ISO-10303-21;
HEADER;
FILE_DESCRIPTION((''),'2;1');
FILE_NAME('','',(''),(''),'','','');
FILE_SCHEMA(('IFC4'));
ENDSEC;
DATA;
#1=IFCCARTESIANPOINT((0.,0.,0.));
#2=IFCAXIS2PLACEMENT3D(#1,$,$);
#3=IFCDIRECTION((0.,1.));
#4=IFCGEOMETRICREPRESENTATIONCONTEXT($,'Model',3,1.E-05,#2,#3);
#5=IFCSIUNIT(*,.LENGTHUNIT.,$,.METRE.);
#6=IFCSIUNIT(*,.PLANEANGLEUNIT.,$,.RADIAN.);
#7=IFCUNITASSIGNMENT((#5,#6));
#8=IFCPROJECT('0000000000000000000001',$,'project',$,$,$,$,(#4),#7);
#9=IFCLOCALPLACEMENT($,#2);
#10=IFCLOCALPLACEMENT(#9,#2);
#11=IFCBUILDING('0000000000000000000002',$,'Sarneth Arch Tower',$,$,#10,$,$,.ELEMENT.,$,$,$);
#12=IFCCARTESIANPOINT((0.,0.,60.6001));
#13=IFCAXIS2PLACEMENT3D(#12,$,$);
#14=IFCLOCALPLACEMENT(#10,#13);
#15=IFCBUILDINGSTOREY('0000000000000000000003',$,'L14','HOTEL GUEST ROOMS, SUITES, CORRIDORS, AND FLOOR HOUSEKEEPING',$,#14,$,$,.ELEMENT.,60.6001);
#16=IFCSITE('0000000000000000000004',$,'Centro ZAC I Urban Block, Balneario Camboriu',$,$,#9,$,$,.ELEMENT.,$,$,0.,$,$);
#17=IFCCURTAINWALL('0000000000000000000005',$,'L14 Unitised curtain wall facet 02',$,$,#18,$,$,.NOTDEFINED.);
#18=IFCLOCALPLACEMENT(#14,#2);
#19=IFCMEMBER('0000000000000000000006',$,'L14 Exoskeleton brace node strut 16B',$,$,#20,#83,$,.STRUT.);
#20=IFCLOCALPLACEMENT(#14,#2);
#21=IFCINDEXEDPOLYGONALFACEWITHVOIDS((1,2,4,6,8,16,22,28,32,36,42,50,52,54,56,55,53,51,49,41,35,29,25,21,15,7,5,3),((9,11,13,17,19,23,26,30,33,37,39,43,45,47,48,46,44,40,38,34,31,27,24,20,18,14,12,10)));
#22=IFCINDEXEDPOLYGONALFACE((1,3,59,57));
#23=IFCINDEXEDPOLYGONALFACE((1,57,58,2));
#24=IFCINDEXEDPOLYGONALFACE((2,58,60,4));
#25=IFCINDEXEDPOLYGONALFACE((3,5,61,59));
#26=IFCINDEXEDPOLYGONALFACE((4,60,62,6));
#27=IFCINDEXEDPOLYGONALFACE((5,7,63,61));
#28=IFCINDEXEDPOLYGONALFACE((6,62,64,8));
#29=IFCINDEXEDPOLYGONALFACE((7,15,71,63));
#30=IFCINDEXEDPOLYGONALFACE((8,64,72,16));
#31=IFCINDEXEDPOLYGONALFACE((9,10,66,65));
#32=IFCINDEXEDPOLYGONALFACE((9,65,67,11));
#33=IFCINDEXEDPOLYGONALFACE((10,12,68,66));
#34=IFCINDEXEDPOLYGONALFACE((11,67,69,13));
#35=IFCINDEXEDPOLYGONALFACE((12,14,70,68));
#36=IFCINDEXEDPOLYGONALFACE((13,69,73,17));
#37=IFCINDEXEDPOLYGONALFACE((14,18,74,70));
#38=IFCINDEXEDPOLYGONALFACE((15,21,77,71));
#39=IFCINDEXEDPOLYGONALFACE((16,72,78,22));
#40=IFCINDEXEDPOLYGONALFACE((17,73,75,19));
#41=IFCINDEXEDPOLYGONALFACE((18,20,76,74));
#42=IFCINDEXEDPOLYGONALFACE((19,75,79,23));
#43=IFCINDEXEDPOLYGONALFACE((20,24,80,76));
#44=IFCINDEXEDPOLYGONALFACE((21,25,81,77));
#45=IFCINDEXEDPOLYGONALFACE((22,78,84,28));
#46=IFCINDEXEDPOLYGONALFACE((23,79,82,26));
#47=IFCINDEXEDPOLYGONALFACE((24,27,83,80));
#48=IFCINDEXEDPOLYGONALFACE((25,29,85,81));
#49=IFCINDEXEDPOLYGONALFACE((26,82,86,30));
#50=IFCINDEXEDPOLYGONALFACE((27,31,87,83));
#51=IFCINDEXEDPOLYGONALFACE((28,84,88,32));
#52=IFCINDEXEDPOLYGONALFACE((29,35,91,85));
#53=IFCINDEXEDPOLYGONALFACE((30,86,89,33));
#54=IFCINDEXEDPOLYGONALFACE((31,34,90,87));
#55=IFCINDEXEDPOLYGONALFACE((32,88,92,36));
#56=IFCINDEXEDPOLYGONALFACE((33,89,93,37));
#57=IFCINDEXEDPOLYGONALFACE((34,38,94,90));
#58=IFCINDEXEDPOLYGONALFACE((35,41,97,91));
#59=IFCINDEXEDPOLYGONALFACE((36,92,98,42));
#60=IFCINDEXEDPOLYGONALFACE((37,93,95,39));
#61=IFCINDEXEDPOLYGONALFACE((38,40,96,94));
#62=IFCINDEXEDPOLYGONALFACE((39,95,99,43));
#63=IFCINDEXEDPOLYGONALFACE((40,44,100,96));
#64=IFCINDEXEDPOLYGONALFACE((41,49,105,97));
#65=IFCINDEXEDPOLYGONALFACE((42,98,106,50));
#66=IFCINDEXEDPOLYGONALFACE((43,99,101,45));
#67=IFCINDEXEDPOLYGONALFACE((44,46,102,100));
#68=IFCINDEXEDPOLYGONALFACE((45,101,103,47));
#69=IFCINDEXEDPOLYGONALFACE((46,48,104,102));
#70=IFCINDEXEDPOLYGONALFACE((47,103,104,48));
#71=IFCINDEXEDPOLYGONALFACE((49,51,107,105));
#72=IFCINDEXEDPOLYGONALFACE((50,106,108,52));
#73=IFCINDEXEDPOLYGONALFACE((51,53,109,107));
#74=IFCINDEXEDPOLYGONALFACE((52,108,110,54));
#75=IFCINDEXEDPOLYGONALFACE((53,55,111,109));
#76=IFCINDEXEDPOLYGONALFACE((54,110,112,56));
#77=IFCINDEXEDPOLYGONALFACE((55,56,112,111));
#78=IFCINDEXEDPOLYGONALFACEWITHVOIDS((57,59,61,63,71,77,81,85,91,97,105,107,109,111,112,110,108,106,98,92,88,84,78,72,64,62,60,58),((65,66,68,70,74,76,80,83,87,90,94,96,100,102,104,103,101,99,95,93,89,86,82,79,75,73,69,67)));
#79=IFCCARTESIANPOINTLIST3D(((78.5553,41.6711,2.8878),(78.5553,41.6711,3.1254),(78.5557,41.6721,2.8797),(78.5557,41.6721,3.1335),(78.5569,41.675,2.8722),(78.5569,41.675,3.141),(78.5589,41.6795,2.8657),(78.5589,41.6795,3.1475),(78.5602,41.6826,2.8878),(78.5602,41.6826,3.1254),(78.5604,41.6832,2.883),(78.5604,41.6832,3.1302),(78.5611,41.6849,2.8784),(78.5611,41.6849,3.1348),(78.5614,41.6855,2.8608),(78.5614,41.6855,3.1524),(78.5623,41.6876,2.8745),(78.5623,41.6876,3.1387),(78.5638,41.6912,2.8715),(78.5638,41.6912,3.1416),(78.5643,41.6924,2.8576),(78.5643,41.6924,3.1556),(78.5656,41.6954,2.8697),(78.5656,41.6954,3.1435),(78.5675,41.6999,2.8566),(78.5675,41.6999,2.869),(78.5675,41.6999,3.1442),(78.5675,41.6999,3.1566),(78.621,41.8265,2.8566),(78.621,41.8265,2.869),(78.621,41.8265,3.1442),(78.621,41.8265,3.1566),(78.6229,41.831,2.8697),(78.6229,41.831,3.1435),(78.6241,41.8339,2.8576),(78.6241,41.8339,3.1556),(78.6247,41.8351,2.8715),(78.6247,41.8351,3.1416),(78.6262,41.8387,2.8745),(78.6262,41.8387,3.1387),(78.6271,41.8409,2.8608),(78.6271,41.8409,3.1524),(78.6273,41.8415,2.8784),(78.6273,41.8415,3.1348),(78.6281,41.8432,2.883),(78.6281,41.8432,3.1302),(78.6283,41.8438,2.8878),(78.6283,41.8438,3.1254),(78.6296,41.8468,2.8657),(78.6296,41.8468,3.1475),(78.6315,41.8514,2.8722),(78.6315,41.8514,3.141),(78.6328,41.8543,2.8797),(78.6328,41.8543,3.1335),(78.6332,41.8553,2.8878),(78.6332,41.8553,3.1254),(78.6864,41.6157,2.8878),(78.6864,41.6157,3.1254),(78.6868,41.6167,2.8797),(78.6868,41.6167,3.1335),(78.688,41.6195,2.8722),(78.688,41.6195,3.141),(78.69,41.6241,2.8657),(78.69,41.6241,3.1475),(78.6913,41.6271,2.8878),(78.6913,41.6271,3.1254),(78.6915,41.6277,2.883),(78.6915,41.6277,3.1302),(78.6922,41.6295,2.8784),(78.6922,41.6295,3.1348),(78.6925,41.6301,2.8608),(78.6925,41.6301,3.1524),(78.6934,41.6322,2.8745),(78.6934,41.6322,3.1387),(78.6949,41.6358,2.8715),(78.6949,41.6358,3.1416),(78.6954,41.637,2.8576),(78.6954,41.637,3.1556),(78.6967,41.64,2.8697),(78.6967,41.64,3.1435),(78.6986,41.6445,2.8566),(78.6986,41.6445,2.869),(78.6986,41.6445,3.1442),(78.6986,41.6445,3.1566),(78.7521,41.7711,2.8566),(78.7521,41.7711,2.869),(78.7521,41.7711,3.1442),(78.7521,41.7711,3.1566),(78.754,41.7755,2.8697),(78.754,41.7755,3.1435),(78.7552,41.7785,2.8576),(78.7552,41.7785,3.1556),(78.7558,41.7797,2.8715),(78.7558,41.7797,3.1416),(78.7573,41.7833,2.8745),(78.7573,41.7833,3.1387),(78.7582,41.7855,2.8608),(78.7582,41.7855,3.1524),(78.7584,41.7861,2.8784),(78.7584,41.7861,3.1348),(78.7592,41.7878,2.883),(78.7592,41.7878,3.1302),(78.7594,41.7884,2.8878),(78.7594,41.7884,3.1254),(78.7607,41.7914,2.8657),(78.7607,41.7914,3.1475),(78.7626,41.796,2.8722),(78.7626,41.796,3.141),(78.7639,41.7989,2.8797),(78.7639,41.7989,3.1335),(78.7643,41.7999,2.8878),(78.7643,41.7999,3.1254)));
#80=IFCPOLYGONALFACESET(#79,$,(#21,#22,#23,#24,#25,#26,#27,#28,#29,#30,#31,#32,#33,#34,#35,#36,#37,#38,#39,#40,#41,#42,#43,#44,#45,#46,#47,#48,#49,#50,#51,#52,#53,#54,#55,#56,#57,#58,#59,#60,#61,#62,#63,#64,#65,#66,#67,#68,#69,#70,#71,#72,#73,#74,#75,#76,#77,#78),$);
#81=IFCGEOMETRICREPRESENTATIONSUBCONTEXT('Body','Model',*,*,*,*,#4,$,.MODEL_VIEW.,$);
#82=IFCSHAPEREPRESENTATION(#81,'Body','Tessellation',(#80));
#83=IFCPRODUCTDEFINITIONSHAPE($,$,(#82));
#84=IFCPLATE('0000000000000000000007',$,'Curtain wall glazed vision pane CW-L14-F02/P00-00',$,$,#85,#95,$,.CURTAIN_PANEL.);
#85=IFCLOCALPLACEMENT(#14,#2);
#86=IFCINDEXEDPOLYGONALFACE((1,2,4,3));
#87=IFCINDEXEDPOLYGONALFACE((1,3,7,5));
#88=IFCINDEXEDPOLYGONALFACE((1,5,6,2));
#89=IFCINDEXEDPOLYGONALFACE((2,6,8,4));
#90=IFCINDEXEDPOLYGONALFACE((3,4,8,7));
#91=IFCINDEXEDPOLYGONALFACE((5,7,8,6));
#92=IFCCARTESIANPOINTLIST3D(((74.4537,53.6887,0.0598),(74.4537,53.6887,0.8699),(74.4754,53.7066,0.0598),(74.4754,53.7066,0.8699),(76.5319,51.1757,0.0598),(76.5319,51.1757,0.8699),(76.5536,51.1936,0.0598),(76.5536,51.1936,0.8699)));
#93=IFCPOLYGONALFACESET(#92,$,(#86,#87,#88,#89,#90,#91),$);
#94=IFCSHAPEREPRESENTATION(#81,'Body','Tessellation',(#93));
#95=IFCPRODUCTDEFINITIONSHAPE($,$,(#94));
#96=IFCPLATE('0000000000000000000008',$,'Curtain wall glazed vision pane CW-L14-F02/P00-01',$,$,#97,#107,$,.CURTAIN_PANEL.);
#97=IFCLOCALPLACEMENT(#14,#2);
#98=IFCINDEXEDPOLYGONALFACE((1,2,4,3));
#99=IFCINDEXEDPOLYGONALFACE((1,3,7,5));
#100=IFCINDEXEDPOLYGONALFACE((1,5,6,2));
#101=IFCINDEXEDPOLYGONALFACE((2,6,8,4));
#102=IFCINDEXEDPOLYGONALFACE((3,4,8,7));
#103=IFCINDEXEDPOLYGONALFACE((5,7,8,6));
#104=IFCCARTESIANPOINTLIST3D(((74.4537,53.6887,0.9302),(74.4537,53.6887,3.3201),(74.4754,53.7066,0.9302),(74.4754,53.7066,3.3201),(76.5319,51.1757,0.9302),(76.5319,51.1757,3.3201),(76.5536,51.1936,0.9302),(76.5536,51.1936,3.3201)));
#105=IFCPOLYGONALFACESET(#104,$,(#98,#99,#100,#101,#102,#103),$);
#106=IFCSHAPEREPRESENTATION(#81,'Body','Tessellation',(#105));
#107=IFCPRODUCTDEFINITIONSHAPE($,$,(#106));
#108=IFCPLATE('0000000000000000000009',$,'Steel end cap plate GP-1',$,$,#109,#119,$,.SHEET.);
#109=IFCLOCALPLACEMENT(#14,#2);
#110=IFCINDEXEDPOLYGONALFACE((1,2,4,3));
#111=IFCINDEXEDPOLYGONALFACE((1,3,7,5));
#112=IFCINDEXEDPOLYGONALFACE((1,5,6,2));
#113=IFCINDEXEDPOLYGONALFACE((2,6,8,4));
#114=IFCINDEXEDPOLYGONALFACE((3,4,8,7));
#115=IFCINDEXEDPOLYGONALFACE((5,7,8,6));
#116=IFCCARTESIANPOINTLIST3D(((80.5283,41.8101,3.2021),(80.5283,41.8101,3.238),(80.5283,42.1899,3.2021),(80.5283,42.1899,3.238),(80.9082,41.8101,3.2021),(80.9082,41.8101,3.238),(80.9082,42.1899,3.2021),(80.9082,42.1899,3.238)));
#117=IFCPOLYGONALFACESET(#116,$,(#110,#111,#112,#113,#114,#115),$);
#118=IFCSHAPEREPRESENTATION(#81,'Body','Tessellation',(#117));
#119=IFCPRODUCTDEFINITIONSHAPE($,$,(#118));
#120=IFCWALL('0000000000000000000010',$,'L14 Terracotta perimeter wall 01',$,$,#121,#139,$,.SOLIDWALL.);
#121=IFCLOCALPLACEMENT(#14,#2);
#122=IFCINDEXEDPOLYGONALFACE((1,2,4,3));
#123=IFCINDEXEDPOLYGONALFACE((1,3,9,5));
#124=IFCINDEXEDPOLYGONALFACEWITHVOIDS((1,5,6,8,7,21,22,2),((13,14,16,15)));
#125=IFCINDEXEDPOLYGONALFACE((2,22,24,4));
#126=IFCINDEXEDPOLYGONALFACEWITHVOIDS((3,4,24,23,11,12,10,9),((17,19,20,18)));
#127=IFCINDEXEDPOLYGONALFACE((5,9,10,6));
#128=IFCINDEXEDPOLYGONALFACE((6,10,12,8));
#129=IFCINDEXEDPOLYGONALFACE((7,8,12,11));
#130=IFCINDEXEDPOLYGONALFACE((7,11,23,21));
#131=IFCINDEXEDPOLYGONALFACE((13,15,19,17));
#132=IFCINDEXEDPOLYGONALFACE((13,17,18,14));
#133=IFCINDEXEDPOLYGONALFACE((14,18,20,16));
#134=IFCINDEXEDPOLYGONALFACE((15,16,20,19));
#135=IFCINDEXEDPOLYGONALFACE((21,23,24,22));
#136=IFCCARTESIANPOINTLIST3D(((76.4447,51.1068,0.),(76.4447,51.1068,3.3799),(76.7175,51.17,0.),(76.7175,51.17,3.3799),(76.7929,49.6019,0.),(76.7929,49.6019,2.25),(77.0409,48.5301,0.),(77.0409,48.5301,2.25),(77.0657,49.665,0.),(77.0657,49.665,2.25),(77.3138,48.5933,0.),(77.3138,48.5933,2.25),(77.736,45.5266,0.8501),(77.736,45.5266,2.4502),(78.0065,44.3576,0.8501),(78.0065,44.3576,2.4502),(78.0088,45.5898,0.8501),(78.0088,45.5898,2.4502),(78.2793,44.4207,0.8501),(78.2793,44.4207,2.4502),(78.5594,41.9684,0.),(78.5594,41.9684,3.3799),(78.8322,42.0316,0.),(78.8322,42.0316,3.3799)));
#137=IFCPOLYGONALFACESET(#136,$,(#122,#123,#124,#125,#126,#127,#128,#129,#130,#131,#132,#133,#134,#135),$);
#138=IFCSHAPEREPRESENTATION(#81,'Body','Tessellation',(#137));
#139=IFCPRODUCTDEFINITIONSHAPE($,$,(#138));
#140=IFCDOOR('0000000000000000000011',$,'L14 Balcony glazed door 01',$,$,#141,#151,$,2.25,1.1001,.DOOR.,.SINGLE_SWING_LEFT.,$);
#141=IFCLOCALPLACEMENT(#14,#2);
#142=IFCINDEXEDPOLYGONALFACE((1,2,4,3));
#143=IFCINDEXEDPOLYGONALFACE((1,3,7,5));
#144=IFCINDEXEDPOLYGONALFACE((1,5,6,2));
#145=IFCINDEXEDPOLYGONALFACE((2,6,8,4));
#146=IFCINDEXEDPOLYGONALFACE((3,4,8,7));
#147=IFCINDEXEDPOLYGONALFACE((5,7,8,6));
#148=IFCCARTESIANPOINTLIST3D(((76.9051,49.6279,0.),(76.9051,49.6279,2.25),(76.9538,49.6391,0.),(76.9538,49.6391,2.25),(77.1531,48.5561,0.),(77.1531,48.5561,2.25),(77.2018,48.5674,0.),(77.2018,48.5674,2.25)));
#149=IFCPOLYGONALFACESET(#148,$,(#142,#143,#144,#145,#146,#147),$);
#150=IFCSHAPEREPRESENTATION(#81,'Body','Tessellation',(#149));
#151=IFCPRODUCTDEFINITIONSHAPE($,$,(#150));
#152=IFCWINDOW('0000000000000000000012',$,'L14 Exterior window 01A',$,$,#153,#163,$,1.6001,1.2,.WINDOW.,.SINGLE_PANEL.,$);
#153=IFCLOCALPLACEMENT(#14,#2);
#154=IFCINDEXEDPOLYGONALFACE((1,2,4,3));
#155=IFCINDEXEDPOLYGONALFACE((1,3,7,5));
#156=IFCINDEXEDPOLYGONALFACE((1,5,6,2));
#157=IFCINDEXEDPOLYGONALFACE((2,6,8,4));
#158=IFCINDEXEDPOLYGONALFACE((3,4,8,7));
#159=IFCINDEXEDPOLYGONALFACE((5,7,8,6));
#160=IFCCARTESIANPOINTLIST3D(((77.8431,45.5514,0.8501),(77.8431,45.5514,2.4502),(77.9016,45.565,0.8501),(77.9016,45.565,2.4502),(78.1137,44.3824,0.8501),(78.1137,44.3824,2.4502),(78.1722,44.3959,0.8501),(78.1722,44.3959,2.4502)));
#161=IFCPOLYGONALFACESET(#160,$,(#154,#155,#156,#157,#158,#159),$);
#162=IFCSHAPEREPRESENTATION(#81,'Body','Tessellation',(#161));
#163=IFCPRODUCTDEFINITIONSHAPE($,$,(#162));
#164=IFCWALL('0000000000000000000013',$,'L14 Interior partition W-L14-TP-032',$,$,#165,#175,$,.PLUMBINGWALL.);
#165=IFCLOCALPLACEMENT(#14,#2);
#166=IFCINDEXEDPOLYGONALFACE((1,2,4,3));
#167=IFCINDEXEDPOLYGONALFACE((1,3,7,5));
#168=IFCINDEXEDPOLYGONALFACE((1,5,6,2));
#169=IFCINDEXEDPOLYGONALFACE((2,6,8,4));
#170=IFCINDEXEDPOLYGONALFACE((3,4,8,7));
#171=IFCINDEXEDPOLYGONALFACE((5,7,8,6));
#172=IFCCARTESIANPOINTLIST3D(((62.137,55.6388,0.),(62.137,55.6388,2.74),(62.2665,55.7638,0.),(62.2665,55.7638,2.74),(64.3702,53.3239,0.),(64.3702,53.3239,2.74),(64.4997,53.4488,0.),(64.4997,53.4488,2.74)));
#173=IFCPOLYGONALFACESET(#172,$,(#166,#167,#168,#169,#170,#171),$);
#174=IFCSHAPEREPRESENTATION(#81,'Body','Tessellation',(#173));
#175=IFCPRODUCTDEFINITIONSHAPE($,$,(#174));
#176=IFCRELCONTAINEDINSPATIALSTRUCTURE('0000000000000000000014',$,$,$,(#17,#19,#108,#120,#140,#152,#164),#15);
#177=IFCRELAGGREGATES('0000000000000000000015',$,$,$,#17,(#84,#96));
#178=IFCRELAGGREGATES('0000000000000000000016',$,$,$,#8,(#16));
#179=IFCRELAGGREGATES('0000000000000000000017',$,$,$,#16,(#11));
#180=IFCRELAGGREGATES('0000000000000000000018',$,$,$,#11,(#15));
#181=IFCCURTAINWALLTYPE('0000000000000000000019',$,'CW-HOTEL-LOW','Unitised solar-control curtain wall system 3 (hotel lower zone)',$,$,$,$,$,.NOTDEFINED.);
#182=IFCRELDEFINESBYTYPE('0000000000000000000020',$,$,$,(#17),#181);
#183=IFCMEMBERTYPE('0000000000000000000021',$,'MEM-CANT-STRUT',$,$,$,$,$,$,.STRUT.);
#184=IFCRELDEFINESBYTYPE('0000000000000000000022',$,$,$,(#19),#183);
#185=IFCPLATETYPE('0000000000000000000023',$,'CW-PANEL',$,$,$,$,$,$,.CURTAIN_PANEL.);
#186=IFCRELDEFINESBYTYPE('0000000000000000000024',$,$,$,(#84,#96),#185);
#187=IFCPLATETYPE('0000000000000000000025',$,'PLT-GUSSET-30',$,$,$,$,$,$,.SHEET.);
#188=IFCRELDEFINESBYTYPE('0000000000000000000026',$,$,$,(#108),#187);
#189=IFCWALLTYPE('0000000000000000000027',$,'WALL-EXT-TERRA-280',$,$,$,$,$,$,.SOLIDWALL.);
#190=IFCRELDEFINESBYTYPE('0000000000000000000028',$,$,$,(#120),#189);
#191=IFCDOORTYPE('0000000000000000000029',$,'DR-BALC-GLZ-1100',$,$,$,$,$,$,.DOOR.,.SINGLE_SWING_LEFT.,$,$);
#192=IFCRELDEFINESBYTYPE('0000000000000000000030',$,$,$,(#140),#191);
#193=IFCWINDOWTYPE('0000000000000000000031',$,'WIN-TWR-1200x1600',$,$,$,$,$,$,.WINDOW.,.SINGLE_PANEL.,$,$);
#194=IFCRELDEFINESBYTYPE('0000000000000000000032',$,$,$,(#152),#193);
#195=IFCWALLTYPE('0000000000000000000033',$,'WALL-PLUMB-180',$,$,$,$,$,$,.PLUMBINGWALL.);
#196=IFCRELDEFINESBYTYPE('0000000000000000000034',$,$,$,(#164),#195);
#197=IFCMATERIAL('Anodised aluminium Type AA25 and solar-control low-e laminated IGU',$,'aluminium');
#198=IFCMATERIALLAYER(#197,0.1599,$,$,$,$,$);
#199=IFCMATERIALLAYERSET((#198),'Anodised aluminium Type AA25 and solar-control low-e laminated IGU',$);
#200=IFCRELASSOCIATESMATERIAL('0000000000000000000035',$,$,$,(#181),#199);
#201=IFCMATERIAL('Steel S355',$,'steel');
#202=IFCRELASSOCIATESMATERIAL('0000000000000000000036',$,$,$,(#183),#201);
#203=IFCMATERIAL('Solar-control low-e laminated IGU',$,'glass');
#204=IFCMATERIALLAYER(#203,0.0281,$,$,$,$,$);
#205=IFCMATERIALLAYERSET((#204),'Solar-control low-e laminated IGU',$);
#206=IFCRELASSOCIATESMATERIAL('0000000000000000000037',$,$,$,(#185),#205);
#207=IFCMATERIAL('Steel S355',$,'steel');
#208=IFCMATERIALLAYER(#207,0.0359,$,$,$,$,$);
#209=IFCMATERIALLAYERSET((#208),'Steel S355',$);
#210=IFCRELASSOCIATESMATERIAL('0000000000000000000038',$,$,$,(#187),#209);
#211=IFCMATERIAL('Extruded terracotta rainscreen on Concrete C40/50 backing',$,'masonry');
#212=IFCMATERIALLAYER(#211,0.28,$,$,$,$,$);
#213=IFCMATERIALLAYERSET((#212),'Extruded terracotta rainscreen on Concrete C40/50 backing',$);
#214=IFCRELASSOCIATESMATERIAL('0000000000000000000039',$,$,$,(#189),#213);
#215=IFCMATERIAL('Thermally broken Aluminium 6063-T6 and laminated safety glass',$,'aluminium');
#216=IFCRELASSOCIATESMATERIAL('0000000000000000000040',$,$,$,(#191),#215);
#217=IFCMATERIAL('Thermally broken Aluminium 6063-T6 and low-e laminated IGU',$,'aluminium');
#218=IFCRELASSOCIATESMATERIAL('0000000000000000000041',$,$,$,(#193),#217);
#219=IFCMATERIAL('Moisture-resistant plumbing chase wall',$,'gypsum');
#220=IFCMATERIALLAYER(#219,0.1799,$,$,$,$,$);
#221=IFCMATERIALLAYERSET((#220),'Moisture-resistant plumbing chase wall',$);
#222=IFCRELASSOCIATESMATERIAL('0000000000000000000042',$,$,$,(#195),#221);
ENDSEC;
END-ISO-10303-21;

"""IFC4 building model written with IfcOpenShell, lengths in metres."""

from ifc_helpers import new_model, si_unit, direction, frame, frame_2d, origin, origin_2d, place, context, subcontext, project, spatial, rectangle, hollow_rectangle, extrude, material, layer, layer_set, material_profile, profile_set, type_object, element, fill, aggregate, save


model = new_model("IFC4")

# Units and contexts
model_context = context("Model", 3, precision=1e-05, world=origin(), true_north=direction((0.0, 1.0)))
body_context = subcontext(model_context, "Body", "Model", "MODEL_VIEW")
ifc_project = project(units=[si_unit("LENGTHUNIT", "METRE"), si_unit("PLANEANGLEUNIT", "RADIAN")], contexts=[model_context])

# Site, building, storey
site_placement = place(None, origin())
site = spatial("IfcSite", under=ifc_project, at=site_placement, Name="Centro ZAC I Urban Block, Balneario Camboriu", CompositionType="ELEMENT", RefElevation=0.0)
building_placement = place(site_placement, origin())
building = spatial("IfcBuilding", under=site, at=building_placement, Name="Sarneth Arch Tower", CompositionType="ELEMENT")
storey_placement = place(building_placement, frame((0.0, 0.0, 60.6001)))
storey = spatial("IfcBuildingStorey", under=building, at=storey_placement, Name="L14", Description="HOTEL GUEST ROOMS, SUITES, CORRIDORS, AND FLOOR HOUSEKEEPING", CompositionType="ELEMENT", Elevation=60.6001)

# Curtain wall
ifc_material_1 = material(Name="Anodised aluminium Type AA25 and solar-control low-e laminated IGU", Category="aluminium")
ifc_layer_1 = layer(ifc_material_1, 0.1599)
ifc_layer_set_1 = layer_set([ifc_layer_1], Name="Anodised aluminium Type AA25 and solar-control low-e laminated IGU")
curtain_wall_type = type_object("IfcCurtainWallType", Name="CW-HOTEL-LOW", Description="Unitised solar-control curtain wall system 3 (hotel lower zone)", PredefinedType="NOTDEFINED", material=ifc_layer_set_1)
curtain_wall_placement = place(storey_placement, origin())
curtain_wall = element("IfcCurtainWall", 1, at=curtain_wall_placement, inside=storey, type_object=curtain_wall_type, Name="L14 Unitised curtain wall facet 02", PredefinedType="NOTDEFINED")

# Member
ifc_material_2 = material(Name="Steel S355", Category="steel")
ifc_material_profile_1 = material_profile(ifc_material_2, hollow_rectangle(XDim=0.2, YDim=0.3, WallThickness=0.0125, InnerFilletRadius=0.0188, OuterFilletRadius=0.0312, at=origin_2d()), Name="RHS300x200x12.5")
ifc_profile_set_1 = profile_set([ifc_material_profile_1], Name="Steel S355")
member_type_1 = type_object("IfcMemberType", Name="MEM-CANT-STRUT", PredefinedType="STRUT", material=ifc_profile_set_1)
member_1_placement = place(storey_placement, frame((78.5942, 41.7632, 3.0066), z_axis=(0.921086, -0.38936, 0.0), x_axis=(0.38936, 0.921086, 0.0)))
element("IfcMember", 2, at=member_1_placement, inside=storey, type_object=member_type_1, Name="L14 Exoskeleton brace node strut 16B", PredefinedType="STRUT", context=body_context, shape_type="SweptSolid", body=[
    extrude(hollow_rectangle(XDim=0.2, YDim=0.3, WallThickness=0.0125, InnerFilletRadius=0.0188, OuterFilletRadius=0.0312, at=origin_2d()), origin(), (0.0, 0.0, 1.0), 0.1423),
])

# Plates
ifc_material_3 = material(Name="Solar-control low-e laminated IGU", Category="glass")
ifc_layer_2 = layer(ifc_material_3, 0.0281)
ifc_layer_set_2 = layer_set([ifc_layer_2], Name="Solar-control low-e laminated IGU")
plate_type_1 = type_object("IfcPlateType", Name="CW-PANEL", PredefinedType="CURTAIN_PANEL", material=ifc_layer_set_2)
plate_1_placement = place(storey_placement, frame((75.5037, 52.4412, 0.0598), z_axis=(0.0, 0.0, 1.0), x_axis=(-0.637291, 0.770623, 0.0)))
plate_1 = element("IfcPlate", 3, at=plate_1_placement, type_object=plate_type_1, Name="Curtain wall glazed vision pane CW-L14-F02/P00-00", PredefinedType="CURTAIN_PANEL", context=body_context, shape_type="SweptSolid", body=[
    extrude(rectangle(XDim=3.261, YDim=0.0281, at=origin_2d()), origin(), (0.0, 0.0, 1.0), 0.8101),
])
plate_2_placement = place(storey_placement, frame((75.5037, 52.4412, 0.9302), z_axis=(0.0, 0.0, 1.0), x_axis=(-0.637291, 0.770623, 0.0)))
plate_2 = element("IfcPlate", 4, at=plate_2_placement, type_object=plate_type_1, Name="Curtain wall glazed vision pane CW-L14-F02/P00-01", PredefinedType="CURTAIN_PANEL", context=body_context, shape_type="SweptSolid", body=[
    extrude(rectangle(XDim=3.261, YDim=0.0281, at=origin_2d()), origin(), (0.0, 0.0, 1.0), 2.3899),
])
aggregate(curtain_wall, [plate_1, plate_2])
ifc_material_4 = material(Name="Steel S355", Category="steel")
ifc_layer_3 = layer(ifc_material_4, 0.0359)
ifc_layer_set_3 = layer_set([ifc_layer_3], Name="Steel S355")
plate_type_2 = type_object("IfcPlateType", Name="PLT-GUSSET-30", PredefinedType="SHEET", material=ifc_layer_set_3)
plate_3_placement = place(storey_placement, frame((80.7183, 42.0, 3.2021), z_axis=(0.0, 0.0, 1.0), x_axis=(1.0, 0.0, 0.0)))
element("IfcPlate", 5, at=plate_3_placement, inside=storey, type_object=plate_type_2, Name="Steel end cap plate GP-1", PredefinedType="SHEET", context=body_context, shape_type="SweptSolid", body=[
    extrude(rectangle(XDim=0.3799, YDim=0.3799, at=origin_2d()), origin(), (0.0, 0.0, 1.0), 0.0359),
])

# Wall, openings, door, window
ifc_material_5 = material(Name="Extruded terracotta rainscreen on Concrete C40/50 backing", Category="masonry")
ifc_layer_4 = layer(ifc_material_5, 0.28)
ifc_layer_set_4 = layer_set([ifc_layer_4], Name="Extruded terracotta rainscreen on Concrete C40/50 backing")
wall_type_1 = type_object("IfcWallType", Name="WALL-EXT-TERRA-280", PredefinedType="SOLIDWALL", material=ifc_layer_set_4)
wall_1_placement = place(storey_placement, frame((78.6958, 42.0, 0.0), z_axis=(0.0, 0.0, 1.0), x_axis=(-0.225454, 0.974254, 0.0)))
wall_1 = element("IfcWall", 6, at=wall_1_placement, inside=storey, type_object=wall_type_1, Name="L14 Terracotta perimeter wall 01", PredefinedType="SOLIDWALL", context=body_context, shape_type="SweptSolid", body=[
    extrude(rectangle(XDim=9.3799, YDim=0.28, at=frame_2d((4.6899, 0.0))), origin(), (0.0, 0.0, 1.0), 3.3799),
])
opening_1_placement = place(wall_1_placement, frame((2.4521, 0.0, 0.8501)))
opening_1 = element("IfcOpeningElement", 7, at=opening_1_placement, cuts=wall_1, PredefinedType="OPENING", context=body_context, shape_type="SweptSolid", body=[
    extrude(rectangle(XDim=1.2, YDim=1.6001, at=frame_2d((0.6001, 0.8))), frame((0.0, 0.1499, 0.0), z_axis=(0.0, -1.0, 0.0), x_axis=(1.0, 0.0, 0.0)), (0.0, 0.0, 1.0), 0.3),
])
opening_2_placement = place(wall_1_placement, frame((6.7351, 0.0, 0.0)))
opening_2 = element("IfcOpeningElement", 8, at=opening_2_placement, cuts=wall_1, PredefinedType="OPENING", context=body_context, shape_type="SweptSolid", body=[
    extrude(rectangle(XDim=1.1001, YDim=2.25, at=frame_2d((0.55, 1.125))), frame((0.0, 0.1499, 0.0), z_axis=(0.0, -1.0, 0.0), x_axis=(1.0, 0.0, 0.0)), (0.0, 0.0, 1.0), 0.3),
])
ifc_material_6 = material(Name="Thermally broken Aluminium 6063-T6 and laminated safety glass", Category="aluminium")
door_type = type_object("IfcDoorType", Name="DR-BALC-GLZ-1100", OperationType="SINGLE_SWING_LEFT", PredefinedType="DOOR", material=ifc_material_6)
door_placement = place(opening_2_placement, origin())
door = element("IfcDoor", 9, at=door_placement, inside=storey, type_object=door_type, Name="L14 Balcony glazed door 01", OperationType="SINGLE_SWING_LEFT", OverallHeight=2.25, OverallWidth=1.1001, PredefinedType="DOOR", context=body_context, shape_type="SweptSolid", body=[
    extrude(rectangle(XDim=1.1001, YDim=2.25, at=frame_2d((0.55, 1.125))), frame((0.0, 0.0249, 0.0), z_axis=(0.0, -1.0, 0.0), x_axis=(1.0, 0.0, 0.0)), (0.0, 0.0, 1.0), 0.05),
])
fill(opening_2, door)
ifc_material_7 = material(Name="Thermally broken Aluminium 6063-T6 and low-e laminated IGU", Category="aluminium")
window_type = type_object("IfcWindowType", Name="WIN-TWR-1200x1600", PartitioningType="SINGLE_PANEL", PredefinedType="WINDOW", material=ifc_material_7)
window_placement = place(opening_1_placement, origin())
window = element("IfcWindow", 10, at=window_placement, inside=storey, type_object=window_type, Name="L14 Exterior window 01A", OverallHeight=1.6001, OverallWidth=1.2, PartitioningType="SINGLE_PANEL", PredefinedType="WINDOW", context=body_context, shape_type="SweptSolid", body=[
    extrude(rectangle(XDim=1.2, YDim=1.6001, at=frame_2d((0.6001, 0.8))), frame((0.0, 0.03, 0.0), z_axis=(0.0, -1.0, 0.0), x_axis=(1.0, 0.0, 0.0)), (0.0, 0.0, 1.0), 0.0601),
])
fill(opening_1, window)

# Wall
ifc_material_8 = material(Name="Moisture-resistant plumbing chase wall", Category="gypsum")
ifc_layer_5 = layer(ifc_material_8, 0.1799)
ifc_layer_set_5 = layer_set([ifc_layer_5], Name="Moisture-resistant plumbing chase wall")
wall_type_2 = type_object("IfcWallType", Name="WALL-PLUMB-180", PredefinedType="PLUMBINGWALL", material=ifc_layer_set_5)
wall_2_placement = place(storey_placement, frame((64.4351, 53.3862, 0.0), z_axis=(0.0, 0.0, 1.0), x_axis=(-0.694279, 0.719706, 0.0)))
element("IfcWall", 11, at=wall_2_placement, inside=storey, type_object=wall_type_2, Name="L14 Interior partition W-L14-TP-032", PredefinedType="PLUMBINGWALL", context=body_context, shape_type="SweptSolid", body=[
    extrude(rectangle(XDim=3.2166, YDim=0.1799, at=frame_2d((1.6084, 0.0))), origin(), (0.0, 0.0, 1.0), 2.74),
])

save(model, "model.ifc")
